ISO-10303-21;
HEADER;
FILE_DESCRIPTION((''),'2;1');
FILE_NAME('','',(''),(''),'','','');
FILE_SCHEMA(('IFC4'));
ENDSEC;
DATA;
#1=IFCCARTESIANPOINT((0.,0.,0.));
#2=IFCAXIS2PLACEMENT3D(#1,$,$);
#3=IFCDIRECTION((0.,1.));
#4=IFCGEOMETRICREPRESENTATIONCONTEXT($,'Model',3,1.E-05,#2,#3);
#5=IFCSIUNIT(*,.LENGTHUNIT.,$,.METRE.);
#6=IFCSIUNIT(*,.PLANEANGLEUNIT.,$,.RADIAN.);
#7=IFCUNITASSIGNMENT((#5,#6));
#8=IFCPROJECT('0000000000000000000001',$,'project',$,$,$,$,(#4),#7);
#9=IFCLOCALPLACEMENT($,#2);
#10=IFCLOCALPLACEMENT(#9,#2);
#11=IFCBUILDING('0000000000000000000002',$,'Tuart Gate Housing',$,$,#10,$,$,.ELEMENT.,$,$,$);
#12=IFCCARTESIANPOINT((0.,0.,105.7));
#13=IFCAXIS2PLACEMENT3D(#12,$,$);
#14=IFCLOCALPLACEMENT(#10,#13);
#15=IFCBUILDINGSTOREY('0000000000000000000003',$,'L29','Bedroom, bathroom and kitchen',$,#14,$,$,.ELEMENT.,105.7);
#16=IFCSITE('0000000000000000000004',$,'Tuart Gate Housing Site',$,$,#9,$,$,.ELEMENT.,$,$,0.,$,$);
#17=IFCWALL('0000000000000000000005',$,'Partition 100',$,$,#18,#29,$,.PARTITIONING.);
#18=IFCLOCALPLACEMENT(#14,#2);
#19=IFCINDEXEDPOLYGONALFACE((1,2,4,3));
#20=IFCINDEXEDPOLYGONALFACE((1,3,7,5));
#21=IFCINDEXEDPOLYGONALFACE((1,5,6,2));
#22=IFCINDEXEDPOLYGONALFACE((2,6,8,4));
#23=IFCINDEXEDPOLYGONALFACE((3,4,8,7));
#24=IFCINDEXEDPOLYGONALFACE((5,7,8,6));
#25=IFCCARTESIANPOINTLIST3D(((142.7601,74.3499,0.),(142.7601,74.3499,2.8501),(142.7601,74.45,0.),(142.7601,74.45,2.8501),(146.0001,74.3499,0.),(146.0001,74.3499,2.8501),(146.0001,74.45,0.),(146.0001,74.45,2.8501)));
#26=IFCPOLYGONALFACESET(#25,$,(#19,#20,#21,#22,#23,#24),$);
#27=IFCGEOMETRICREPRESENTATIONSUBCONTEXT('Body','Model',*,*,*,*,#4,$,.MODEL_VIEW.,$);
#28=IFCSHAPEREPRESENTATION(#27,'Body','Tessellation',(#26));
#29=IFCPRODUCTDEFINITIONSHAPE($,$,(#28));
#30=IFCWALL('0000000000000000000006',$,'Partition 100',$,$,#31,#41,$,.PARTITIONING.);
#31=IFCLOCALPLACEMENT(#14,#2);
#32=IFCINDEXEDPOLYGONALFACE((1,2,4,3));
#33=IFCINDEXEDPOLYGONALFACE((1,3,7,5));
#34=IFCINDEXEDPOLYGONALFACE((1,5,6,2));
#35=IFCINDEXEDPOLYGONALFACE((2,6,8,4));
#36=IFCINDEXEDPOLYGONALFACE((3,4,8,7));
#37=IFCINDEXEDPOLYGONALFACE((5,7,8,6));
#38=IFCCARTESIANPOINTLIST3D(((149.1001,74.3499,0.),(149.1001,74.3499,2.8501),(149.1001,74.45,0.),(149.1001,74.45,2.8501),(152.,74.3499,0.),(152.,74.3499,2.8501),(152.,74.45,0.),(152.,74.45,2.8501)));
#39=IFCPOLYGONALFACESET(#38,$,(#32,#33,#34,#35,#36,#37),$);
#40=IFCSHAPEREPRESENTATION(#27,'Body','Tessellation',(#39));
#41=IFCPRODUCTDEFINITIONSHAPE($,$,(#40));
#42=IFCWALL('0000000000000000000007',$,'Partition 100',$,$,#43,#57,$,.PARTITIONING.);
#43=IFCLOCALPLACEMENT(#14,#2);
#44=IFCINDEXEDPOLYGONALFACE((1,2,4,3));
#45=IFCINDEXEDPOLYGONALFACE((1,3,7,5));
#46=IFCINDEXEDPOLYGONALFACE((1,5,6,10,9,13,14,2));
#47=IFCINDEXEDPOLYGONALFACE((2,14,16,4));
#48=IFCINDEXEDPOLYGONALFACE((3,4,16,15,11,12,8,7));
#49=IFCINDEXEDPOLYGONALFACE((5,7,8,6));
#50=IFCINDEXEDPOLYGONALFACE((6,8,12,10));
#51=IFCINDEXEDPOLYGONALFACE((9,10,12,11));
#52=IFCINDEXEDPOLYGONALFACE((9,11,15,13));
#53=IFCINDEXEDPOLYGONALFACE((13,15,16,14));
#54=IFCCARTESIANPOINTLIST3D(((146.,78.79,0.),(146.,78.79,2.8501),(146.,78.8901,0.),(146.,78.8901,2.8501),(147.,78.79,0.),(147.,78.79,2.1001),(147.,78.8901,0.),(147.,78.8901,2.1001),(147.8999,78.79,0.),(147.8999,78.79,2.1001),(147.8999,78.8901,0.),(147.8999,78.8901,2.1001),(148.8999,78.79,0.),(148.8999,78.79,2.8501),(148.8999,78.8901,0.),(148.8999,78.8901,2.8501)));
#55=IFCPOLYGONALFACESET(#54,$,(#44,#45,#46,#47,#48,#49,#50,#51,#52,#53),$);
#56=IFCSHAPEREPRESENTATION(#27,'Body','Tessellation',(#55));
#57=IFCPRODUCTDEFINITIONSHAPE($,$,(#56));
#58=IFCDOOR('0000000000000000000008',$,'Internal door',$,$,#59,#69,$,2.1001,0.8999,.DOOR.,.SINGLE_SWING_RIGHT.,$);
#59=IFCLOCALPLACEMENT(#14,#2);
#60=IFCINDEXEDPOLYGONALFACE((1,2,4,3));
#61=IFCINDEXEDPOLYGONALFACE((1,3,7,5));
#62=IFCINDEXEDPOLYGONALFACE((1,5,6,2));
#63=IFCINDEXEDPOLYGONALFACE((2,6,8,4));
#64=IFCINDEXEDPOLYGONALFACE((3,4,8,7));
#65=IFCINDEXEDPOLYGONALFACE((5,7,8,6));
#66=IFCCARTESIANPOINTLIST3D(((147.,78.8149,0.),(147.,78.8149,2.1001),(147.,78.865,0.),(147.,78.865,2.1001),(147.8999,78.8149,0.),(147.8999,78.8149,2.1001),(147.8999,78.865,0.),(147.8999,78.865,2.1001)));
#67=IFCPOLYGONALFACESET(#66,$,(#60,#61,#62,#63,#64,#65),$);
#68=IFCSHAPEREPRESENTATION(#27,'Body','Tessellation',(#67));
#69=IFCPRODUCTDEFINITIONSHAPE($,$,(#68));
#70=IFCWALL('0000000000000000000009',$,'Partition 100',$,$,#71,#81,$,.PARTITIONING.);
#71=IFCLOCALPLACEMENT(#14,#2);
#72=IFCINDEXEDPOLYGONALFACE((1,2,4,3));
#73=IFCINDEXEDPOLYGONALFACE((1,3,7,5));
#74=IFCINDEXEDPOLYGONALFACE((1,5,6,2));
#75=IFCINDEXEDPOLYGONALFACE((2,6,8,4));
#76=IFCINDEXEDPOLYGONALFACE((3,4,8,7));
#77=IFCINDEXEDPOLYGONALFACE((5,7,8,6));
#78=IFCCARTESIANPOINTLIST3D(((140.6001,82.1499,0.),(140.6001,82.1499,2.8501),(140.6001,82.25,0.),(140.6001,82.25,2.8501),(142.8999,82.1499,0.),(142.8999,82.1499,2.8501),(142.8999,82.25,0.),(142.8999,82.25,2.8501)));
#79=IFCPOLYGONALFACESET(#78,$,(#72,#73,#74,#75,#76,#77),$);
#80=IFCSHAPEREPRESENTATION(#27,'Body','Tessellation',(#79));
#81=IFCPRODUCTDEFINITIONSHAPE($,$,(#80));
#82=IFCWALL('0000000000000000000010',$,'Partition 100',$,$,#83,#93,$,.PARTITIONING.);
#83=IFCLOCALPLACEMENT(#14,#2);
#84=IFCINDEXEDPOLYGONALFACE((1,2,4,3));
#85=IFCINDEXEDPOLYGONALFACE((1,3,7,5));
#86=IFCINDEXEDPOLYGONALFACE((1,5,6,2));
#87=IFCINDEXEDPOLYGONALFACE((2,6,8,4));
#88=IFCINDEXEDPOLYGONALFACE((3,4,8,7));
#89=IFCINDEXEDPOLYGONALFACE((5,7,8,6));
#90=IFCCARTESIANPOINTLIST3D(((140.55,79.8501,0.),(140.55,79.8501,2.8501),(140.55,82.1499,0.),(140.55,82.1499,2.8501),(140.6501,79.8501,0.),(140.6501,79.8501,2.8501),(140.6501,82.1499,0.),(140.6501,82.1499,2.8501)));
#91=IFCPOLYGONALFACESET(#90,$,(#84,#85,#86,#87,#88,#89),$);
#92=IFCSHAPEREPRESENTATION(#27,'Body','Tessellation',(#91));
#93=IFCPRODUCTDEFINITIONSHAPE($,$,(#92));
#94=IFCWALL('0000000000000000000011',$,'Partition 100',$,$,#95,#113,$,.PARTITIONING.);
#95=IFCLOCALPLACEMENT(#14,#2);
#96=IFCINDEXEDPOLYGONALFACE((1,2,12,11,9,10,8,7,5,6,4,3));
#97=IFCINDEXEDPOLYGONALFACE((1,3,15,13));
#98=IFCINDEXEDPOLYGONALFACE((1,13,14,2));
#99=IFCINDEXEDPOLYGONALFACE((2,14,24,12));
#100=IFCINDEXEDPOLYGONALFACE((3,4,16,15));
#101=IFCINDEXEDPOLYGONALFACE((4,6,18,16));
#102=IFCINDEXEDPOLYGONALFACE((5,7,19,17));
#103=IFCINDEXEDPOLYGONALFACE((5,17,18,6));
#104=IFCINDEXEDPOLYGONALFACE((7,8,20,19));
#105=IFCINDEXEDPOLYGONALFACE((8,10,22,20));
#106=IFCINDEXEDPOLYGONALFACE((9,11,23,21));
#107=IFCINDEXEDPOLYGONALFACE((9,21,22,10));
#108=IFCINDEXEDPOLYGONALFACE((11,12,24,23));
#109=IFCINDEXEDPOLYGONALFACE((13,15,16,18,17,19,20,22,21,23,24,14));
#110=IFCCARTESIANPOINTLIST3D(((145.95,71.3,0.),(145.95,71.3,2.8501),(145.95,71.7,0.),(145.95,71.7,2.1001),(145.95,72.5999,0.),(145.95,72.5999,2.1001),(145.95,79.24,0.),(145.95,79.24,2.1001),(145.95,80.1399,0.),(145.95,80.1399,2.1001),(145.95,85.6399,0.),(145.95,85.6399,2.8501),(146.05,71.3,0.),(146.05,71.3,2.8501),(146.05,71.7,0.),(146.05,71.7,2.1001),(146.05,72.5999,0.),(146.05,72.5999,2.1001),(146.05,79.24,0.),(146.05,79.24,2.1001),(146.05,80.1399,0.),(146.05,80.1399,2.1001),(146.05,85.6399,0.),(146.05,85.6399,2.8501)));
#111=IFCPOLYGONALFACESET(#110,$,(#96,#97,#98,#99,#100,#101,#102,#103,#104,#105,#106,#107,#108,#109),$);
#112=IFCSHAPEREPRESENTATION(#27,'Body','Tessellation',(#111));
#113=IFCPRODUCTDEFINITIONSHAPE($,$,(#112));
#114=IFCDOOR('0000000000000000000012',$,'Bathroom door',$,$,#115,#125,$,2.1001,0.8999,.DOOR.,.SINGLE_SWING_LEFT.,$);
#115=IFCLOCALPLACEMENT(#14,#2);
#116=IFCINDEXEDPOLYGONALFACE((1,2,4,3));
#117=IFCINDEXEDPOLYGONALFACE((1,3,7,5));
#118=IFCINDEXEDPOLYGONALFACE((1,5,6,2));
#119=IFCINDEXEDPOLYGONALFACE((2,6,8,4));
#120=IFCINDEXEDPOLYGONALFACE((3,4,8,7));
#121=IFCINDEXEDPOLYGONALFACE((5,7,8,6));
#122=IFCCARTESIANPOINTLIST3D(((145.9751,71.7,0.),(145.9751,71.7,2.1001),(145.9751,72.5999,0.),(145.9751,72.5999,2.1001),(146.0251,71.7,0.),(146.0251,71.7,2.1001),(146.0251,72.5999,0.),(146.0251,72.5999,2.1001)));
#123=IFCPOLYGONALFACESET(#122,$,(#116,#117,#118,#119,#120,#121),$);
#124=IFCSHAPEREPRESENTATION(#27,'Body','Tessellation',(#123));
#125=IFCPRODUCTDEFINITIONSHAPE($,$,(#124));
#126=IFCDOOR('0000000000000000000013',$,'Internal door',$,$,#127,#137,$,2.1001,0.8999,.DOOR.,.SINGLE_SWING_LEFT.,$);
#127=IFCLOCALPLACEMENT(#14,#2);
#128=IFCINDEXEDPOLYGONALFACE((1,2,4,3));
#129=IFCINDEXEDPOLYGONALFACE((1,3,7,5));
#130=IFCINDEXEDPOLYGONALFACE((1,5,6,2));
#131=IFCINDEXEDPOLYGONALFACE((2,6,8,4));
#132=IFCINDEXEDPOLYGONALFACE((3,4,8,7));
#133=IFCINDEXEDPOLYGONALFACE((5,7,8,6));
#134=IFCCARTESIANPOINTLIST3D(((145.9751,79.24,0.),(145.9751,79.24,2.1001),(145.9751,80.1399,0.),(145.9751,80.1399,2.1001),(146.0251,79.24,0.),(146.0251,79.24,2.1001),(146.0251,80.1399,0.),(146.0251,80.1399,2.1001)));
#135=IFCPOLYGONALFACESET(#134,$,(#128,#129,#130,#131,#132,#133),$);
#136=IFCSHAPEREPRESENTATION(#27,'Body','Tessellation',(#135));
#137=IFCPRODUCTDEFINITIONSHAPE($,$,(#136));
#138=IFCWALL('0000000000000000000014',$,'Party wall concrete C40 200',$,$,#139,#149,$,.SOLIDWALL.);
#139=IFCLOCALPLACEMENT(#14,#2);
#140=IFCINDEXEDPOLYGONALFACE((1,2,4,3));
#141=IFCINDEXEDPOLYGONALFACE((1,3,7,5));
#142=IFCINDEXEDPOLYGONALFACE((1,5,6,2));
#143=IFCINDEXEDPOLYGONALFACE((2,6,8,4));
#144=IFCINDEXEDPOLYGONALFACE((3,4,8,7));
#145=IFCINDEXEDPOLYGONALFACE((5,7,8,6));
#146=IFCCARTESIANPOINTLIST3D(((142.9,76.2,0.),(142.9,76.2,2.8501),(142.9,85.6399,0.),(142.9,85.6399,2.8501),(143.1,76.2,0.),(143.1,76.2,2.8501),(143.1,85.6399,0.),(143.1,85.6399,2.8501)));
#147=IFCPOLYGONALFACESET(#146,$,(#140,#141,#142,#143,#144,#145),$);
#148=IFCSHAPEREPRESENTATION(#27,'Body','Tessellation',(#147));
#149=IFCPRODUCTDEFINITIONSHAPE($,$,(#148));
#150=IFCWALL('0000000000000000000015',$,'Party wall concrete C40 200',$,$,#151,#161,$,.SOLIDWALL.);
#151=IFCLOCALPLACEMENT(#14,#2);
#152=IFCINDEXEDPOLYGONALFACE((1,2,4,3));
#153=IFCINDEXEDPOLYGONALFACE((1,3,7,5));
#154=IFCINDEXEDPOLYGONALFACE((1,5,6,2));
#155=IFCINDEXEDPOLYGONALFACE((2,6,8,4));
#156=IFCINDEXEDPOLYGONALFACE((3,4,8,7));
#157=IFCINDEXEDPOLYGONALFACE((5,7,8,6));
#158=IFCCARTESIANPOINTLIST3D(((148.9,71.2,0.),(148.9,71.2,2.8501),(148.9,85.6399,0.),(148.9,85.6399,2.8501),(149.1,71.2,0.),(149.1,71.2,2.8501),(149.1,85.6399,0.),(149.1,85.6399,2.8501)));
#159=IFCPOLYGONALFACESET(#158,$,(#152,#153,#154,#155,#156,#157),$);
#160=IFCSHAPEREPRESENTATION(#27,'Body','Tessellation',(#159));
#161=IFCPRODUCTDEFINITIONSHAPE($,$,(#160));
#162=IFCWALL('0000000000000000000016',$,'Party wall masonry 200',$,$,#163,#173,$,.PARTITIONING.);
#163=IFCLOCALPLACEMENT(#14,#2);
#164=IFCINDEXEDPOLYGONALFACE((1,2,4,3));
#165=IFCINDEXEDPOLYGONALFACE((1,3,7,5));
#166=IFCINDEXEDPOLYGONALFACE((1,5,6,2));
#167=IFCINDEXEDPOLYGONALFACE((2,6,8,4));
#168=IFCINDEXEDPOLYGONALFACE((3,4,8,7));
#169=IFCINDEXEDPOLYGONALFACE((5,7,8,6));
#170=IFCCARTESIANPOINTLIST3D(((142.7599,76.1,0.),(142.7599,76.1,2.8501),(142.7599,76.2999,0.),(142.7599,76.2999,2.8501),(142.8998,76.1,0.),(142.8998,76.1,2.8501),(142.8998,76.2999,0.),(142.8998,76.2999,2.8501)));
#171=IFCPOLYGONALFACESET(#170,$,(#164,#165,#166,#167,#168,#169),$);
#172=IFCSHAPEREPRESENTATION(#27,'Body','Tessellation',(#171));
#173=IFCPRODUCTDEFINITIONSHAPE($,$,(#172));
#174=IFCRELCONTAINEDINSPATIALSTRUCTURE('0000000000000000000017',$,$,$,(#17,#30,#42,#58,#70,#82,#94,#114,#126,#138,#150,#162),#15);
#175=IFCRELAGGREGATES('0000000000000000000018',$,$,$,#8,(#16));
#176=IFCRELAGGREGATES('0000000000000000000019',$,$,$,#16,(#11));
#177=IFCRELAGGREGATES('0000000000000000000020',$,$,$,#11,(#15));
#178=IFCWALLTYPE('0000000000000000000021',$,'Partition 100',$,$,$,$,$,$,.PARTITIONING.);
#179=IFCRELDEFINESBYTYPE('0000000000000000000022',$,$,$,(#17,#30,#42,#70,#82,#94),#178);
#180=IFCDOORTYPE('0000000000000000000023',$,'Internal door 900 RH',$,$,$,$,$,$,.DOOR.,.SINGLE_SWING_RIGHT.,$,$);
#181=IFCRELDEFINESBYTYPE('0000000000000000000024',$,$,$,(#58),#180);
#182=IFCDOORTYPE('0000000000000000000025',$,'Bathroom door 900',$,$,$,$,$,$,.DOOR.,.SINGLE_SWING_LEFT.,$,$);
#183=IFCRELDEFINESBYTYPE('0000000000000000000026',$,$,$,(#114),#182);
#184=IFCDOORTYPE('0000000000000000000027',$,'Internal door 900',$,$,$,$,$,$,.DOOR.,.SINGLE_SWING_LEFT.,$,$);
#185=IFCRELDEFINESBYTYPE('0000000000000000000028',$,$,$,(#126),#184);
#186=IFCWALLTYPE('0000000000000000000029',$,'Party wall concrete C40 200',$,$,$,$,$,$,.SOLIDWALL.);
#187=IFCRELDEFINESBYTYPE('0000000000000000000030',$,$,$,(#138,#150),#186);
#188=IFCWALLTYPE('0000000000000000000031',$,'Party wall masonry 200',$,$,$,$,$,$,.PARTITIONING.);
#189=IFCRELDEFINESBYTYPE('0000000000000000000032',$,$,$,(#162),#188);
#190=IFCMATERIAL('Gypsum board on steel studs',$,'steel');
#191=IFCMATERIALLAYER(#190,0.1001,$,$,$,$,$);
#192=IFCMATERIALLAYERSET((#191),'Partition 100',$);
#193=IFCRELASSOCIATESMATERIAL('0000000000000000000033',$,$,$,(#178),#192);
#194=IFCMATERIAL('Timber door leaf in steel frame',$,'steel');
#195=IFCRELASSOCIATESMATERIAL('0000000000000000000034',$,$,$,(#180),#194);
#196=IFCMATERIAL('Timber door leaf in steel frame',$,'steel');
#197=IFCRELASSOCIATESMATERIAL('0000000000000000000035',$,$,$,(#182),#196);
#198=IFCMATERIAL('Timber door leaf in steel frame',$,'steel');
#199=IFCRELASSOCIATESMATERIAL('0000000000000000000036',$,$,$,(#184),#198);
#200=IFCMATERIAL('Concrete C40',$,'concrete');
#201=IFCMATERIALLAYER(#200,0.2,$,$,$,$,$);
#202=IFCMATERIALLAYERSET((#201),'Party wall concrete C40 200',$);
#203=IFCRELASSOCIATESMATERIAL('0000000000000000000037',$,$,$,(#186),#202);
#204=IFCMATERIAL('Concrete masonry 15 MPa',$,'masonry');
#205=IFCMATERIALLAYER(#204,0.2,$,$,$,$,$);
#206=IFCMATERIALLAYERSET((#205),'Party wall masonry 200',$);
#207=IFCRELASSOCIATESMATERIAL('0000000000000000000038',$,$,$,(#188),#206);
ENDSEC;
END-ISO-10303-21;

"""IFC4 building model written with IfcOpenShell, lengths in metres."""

from ifc_helpers import new_model, si_unit, direction, frame, frame_2d, origin, place, context, subcontext, project, spatial, rectangle, extrude, material, layer, layer_set, type_object, element, fill, save


model = new_model("IFC4")

# Units and contexts
model_context = context("Model", 3, precision=1e-05, world=origin(), true_north=direction((0.0, 1.0)))
body_context = subcontext(model_context, "Body", "Model", "MODEL_VIEW")
ifc_project = project(units=[si_unit("LENGTHUNIT", "METRE"), si_unit("PLANEANGLEUNIT", "RADIAN")], contexts=[model_context])

# Site, building, storey
site_placement = place(None, origin())
site = spatial("IfcSite", under=ifc_project, at=site_placement, Name="Tuart Gate Housing Site", CompositionType="ELEMENT", RefElevation=0.0)
building_placement = place(site_placement, origin())
building = spatial("IfcBuilding", under=site, at=building_placement, Name="Tuart Gate Housing", CompositionType="ELEMENT")
storey_placement = place(building_placement, frame((0.0, 0.0, 105.7)))
storey = spatial("IfcBuildingStorey", under=building, at=storey_placement, Name="L29", Description="Bedroom, bathroom and kitchen", CompositionType="ELEMENT", Elevation=105.7)

# Walls
ifc_material_1 = material(Name="Gypsum board on steel studs", Category="steel")
ifc_layer_1 = layer(ifc_material_1, 0.1001)
ifc_layer_set_1 = layer_set([ifc_layer_1], Name="Partition 100")
wall_type_1 = type_object("IfcWallType", Name="Partition 100", PredefinedType="PARTITIONING", material=ifc_layer_set_1)
wall_1_placement = place(storey_placement, frame((142.76, 74.3999, 0.0), z_axis=(0.0, 0.0, 1.0), x_axis=(1.0, 0.0, 0.0)))
element("IfcWall", 1, at=wall_1_placement, inside=storey, type_object=wall_type_1, Name="Partition 100", PredefinedType="PARTITIONING", context=body_context, shape_type="SweptSolid", body=[
    extrude(rectangle(XDim=3.24, YDim=0.1001, at=frame_2d((1.6201, 0.0))), origin(), (0.0, 0.0, 1.0), 2.8501),
])
wall_2_placement = place(storey_placement, frame((149.1001, 74.3999, 0.0), z_axis=(0.0, 0.0, 1.0), x_axis=(1.0, 0.0, 0.0)))
element("IfcWall", 2, at=wall_2_placement, inside=storey, type_object=wall_type_1, Name="Partition 100", PredefinedType="PARTITIONING", context=body_context, shape_type="SweptSolid", body=[
    extrude(rectangle(XDim=2.8999, YDim=0.1001, at=frame_2d((1.45, 0.0))), origin(), (0.0, 0.0, 1.0), 2.8501),
])

# Wall, opening, door
wall_3_placement = place(storey_placement, frame((146.0, 78.8401, 0.0), z_axis=(0.0, 0.0, 1.0), x_axis=(1.0, 0.0, 0.0)))
wall_3 = element("IfcWall", 3, at=wall_3_placement, inside=storey, type_object=wall_type_1, Name="Partition 100", PredefinedType="PARTITIONING", context=body_context, shape_type="SweptSolid", body=[
    extrude(rectangle(XDim=2.8999, YDim=0.1001, at=frame_2d((1.45, 0.0))), origin(), (0.0, 0.0, 1.0), 2.8501),
])
opening_1_placement = place(wall_3_placement, frame((1.0, 0.0, 0.0)))
opening_1 = element("IfcOpeningElement", 4, at=opening_1_placement, cuts=wall_3, PredefinedType="OPENING", context=body_context, shape_type="SweptSolid", body=[
    extrude(rectangle(XDim=0.8999, YDim=2.1001, at=frame_2d((0.45, 1.05))), frame((0.0, 0.0601, 0.0), z_axis=(0.0, -1.0, 0.0), x_axis=(1.0, 0.0, 0.0)), (0.0, 0.0, 1.0), 0.1201),
])
ifc_material_2 = material(Name="Timber door leaf in steel frame", Category="steel")
door_type_1 = type_object("IfcDoorType", Name="Internal door 900 RH", OperationType="SINGLE_SWING_RIGHT", PredefinedType="DOOR", material=ifc_material_2)
door_1_placement = place(opening_1_placement, frame((0.8999, 0.0, 0.0), z_axis=(0.0, 0.0, 1.0), x_axis=(-1.0, 0.0, 0.0)))
door_1 = element("IfcDoor", 5, at=door_1_placement, inside=storey, type_object=door_type_1, Name="Internal door", OperationType="SINGLE_SWING_RIGHT", OverallHeight=2.1001, OverallWidth=0.8999, PredefinedType="DOOR", context=body_context, shape_type="SweptSolid", body=[
    extrude(rectangle(XDim=0.8999, YDim=2.1001, at=frame_2d((0.45, 1.05))), frame((0.0, 0.0251, 0.0), z_axis=(0.0, -1.0, 0.0), x_axis=(1.0, 0.0, 0.0)), (0.0, 0.0, 1.0), 0.05),
])
fill(opening_1, door_1)

# Walls
for number, where, z_axis, x_axis, name in (
    (6, (140.6001, 82.2, 0.0), (0.0, 0.0, 1.0), (1.0, 0.0, 0.0), "Partition 100"),
    (7, (140.6001, 79.8501, 0.0), (0.0, 0.0, 1.0), (0.0, 1.0, 0.0), "Partition 100"),
):
    element("IfcWall", number, at=place(storey_placement, frame(where, z_axis=z_axis, x_axis=x_axis)), inside=storey, type_object=wall_type_1, Name=name, PredefinedType="PARTITIONING", context=body_context, shape_type="SweptSolid", body=[
        extrude(rectangle(XDim=2.2998, YDim=0.1001, at=frame_2d((1.1499, 0.0))), origin(), (0.0, 0.0, 1.0), 2.8501),
    ])

# Wall, openings, doors
wall_4_placement = place(storey_placement, frame((146.0, 71.3, 0.0), z_axis=(0.0, 0.0, 1.0), x_axis=(0.0, 1.0, 0.0)))
wall_4 = element("IfcWall", 8, at=wall_4_placement, inside=storey, type_object=wall_type_1, Name="Partition 100", PredefinedType="PARTITIONING", context=body_context, shape_type="SweptSolid", body=[
    extrude(rectangle(XDim=14.3398, YDim=0.1001, at=frame_2d((7.1699, 0.0))), origin(), (0.0, 0.0, 1.0), 2.8501),
])
opening_2_placement = place(wall_4_placement, frame((7.9399, 0.0, 0.0)))
opening_2 = element("IfcOpeningElement", 9, at=opening_2_placement, cuts=wall_4, PredefinedType="OPENING", context=body_context, shape_type="SweptSolid", body=[
    extrude(rectangle(XDim=0.8999, YDim=2.1001, at=frame_2d((0.45, 1.05))), frame((0.0, 0.0601, 0.0), z_axis=(0.0, -1.0, 0.0), x_axis=(1.0, 0.0, 0.0)), (0.0, 0.0, 1.0), 0.1201),
])
opening_3_placement = place(wall_4_placement, frame((0.3999, 0.0, 0.0)))
opening_3 = element("IfcOpeningElement", 10, at=opening_3_placement, cuts=wall_4, PredefinedType="OPENING", context=body_context, shape_type="SweptSolid", body=[
    extrude(rectangle(XDim=0.8999, YDim=2.1001, at=frame_2d((0.45, 1.05))), frame((0.0, 0.0601, 0.0), z_axis=(0.0, -1.0, 0.0), x_axis=(1.0, 0.0, 0.0)), (0.0, 0.0, 1.0), 0.1201),
])
ifc_material_3 = material(Name="Timber door leaf in steel frame", Category="steel")
door_type_2 = type_object("IfcDoorType", Name="Bathroom door 900", OperationType="SINGLE_SWING_LEFT", PredefinedType="DOOR", material=ifc_material_3)
door_2_placement = place(opening_3_placement, origin())
door_2 = element("IfcDoor", 11, at=door_2_placement, inside=storey, type_object=door_type_2, Name="Bathroom door", OperationType="SINGLE_SWING_LEFT", OverallHeight=2.1001, OverallWidth=0.8999, PredefinedType="DOOR", context=body_context, shape_type="SweptSolid", body=[
    extrude(rectangle(XDim=0.8999, YDim=2.1001, at=frame_2d((0.45, 1.05))), frame((0.0, 0.0249, 0.0), z_axis=(0.0, -1.0, 0.0), x_axis=(1.0, 0.0, 0.0)), (0.0, 0.0, 1.0), 0.05),
])
fill(opening_3, door_2)
ifc_material_4 = material(Name="Timber door leaf in steel frame", Category="steel")
door_type_3 = type_object("IfcDoorType", Name="Internal door 900", OperationType="SINGLE_SWING_LEFT", PredefinedType="DOOR", material=ifc_material_4)
door_3_placement = place(opening_2_placement, origin())
door_3 = element("IfcDoor", 12, at=door_3_placement, inside=storey, type_object=door_type_3, Name="Internal door", OperationType="SINGLE_SWING_LEFT", OverallHeight=2.1001, OverallWidth=0.8999, PredefinedType="DOOR", context=body_context, shape_type="SweptSolid", body=[
    extrude(rectangle(XDim=0.8999, YDim=2.1001, at=frame_2d((0.45, 1.05))), frame((0.0, 0.0249, 0.0), z_axis=(0.0, -1.0, 0.0), x_axis=(1.0, 0.0, 0.0)), (0.0, 0.0, 1.0), 0.05),
])
fill(opening_2, door_3)

# Walls
ifc_material_5 = material(Name="Concrete C40", Category="concrete")
ifc_layer_2 = layer(ifc_material_5, 0.2)
ifc_layer_set_2 = layer_set([ifc_layer_2], Name="Party wall concrete C40 200")
wall_type_2 = type_object("IfcWallType", Name="Party wall concrete C40 200", PredefinedType="SOLIDWALL", material=ifc_layer_set_2)
wall_5_placement = place(storey_placement, frame((143.0, 76.2, 0.0), z_axis=(0.0, 0.0, 1.0), x_axis=(0.0, 1.0, 0.0)))
element("IfcWall", 13, at=wall_5_placement, inside=storey, type_object=wall_type_2, Name="Party wall concrete C40 200", PredefinedType="SOLIDWALL", context=body_context, shape_type="SweptSolid", body=[
    extrude(rectangle(XDim=9.4399, YDim=0.2, at=frame_2d((4.72, 0.0))), origin(), (0.0, 0.0, 1.0), 2.8501),
])
wall_6_placement = place(storey_placement, frame((149.0, 71.2, 0.0), z_axis=(0.0, 0.0, 1.0), x_axis=(0.0, 1.0, 0.0)))
element("IfcWall", 14, at=wall_6_placement, inside=storey, type_object=wall_type_2, Name="Party wall concrete C40 200", PredefinedType="SOLIDWALL", context=body_context, shape_type="SweptSolid", body=[
    extrude(rectangle(XDim=14.4399, YDim=0.2, at=frame_2d((7.22, 0.0))), origin(), (0.0, 0.0, 1.0), 2.8501),
])
ifc_material_6 = material(Name="Concrete masonry 15 MPa", Category="masonry")
ifc_layer_3 = layer(ifc_material_6, 0.2)
ifc_layer_set_3 = layer_set([ifc_layer_3], Name="Party wall masonry 200")
wall_type_3 = type_object("IfcWallType", Name="Party wall masonry 200", PredefinedType="PARTITIONING", material=ifc_layer_set_3)
wall_7_placement = place(storey_placement, frame((142.76, 76.2, 0.0), z_axis=(0.0, 0.0, 1.0), x_axis=(1.0, 0.0, 0.0)))
element("IfcWall", 15, at=wall_7_placement, inside=storey, type_object=wall_type_3, Name="Party wall masonry 200", PredefinedType="PARTITIONING", context=body_context, shape_type="SweptSolid", body=[
    extrude(rectangle(XDim=0.1399, YDim=0.2, at=frame_2d((0.0698, 0.0))), origin(), (0.0, 0.0, 1.0), 2.8501),
])

save(model, "model.ifc")
